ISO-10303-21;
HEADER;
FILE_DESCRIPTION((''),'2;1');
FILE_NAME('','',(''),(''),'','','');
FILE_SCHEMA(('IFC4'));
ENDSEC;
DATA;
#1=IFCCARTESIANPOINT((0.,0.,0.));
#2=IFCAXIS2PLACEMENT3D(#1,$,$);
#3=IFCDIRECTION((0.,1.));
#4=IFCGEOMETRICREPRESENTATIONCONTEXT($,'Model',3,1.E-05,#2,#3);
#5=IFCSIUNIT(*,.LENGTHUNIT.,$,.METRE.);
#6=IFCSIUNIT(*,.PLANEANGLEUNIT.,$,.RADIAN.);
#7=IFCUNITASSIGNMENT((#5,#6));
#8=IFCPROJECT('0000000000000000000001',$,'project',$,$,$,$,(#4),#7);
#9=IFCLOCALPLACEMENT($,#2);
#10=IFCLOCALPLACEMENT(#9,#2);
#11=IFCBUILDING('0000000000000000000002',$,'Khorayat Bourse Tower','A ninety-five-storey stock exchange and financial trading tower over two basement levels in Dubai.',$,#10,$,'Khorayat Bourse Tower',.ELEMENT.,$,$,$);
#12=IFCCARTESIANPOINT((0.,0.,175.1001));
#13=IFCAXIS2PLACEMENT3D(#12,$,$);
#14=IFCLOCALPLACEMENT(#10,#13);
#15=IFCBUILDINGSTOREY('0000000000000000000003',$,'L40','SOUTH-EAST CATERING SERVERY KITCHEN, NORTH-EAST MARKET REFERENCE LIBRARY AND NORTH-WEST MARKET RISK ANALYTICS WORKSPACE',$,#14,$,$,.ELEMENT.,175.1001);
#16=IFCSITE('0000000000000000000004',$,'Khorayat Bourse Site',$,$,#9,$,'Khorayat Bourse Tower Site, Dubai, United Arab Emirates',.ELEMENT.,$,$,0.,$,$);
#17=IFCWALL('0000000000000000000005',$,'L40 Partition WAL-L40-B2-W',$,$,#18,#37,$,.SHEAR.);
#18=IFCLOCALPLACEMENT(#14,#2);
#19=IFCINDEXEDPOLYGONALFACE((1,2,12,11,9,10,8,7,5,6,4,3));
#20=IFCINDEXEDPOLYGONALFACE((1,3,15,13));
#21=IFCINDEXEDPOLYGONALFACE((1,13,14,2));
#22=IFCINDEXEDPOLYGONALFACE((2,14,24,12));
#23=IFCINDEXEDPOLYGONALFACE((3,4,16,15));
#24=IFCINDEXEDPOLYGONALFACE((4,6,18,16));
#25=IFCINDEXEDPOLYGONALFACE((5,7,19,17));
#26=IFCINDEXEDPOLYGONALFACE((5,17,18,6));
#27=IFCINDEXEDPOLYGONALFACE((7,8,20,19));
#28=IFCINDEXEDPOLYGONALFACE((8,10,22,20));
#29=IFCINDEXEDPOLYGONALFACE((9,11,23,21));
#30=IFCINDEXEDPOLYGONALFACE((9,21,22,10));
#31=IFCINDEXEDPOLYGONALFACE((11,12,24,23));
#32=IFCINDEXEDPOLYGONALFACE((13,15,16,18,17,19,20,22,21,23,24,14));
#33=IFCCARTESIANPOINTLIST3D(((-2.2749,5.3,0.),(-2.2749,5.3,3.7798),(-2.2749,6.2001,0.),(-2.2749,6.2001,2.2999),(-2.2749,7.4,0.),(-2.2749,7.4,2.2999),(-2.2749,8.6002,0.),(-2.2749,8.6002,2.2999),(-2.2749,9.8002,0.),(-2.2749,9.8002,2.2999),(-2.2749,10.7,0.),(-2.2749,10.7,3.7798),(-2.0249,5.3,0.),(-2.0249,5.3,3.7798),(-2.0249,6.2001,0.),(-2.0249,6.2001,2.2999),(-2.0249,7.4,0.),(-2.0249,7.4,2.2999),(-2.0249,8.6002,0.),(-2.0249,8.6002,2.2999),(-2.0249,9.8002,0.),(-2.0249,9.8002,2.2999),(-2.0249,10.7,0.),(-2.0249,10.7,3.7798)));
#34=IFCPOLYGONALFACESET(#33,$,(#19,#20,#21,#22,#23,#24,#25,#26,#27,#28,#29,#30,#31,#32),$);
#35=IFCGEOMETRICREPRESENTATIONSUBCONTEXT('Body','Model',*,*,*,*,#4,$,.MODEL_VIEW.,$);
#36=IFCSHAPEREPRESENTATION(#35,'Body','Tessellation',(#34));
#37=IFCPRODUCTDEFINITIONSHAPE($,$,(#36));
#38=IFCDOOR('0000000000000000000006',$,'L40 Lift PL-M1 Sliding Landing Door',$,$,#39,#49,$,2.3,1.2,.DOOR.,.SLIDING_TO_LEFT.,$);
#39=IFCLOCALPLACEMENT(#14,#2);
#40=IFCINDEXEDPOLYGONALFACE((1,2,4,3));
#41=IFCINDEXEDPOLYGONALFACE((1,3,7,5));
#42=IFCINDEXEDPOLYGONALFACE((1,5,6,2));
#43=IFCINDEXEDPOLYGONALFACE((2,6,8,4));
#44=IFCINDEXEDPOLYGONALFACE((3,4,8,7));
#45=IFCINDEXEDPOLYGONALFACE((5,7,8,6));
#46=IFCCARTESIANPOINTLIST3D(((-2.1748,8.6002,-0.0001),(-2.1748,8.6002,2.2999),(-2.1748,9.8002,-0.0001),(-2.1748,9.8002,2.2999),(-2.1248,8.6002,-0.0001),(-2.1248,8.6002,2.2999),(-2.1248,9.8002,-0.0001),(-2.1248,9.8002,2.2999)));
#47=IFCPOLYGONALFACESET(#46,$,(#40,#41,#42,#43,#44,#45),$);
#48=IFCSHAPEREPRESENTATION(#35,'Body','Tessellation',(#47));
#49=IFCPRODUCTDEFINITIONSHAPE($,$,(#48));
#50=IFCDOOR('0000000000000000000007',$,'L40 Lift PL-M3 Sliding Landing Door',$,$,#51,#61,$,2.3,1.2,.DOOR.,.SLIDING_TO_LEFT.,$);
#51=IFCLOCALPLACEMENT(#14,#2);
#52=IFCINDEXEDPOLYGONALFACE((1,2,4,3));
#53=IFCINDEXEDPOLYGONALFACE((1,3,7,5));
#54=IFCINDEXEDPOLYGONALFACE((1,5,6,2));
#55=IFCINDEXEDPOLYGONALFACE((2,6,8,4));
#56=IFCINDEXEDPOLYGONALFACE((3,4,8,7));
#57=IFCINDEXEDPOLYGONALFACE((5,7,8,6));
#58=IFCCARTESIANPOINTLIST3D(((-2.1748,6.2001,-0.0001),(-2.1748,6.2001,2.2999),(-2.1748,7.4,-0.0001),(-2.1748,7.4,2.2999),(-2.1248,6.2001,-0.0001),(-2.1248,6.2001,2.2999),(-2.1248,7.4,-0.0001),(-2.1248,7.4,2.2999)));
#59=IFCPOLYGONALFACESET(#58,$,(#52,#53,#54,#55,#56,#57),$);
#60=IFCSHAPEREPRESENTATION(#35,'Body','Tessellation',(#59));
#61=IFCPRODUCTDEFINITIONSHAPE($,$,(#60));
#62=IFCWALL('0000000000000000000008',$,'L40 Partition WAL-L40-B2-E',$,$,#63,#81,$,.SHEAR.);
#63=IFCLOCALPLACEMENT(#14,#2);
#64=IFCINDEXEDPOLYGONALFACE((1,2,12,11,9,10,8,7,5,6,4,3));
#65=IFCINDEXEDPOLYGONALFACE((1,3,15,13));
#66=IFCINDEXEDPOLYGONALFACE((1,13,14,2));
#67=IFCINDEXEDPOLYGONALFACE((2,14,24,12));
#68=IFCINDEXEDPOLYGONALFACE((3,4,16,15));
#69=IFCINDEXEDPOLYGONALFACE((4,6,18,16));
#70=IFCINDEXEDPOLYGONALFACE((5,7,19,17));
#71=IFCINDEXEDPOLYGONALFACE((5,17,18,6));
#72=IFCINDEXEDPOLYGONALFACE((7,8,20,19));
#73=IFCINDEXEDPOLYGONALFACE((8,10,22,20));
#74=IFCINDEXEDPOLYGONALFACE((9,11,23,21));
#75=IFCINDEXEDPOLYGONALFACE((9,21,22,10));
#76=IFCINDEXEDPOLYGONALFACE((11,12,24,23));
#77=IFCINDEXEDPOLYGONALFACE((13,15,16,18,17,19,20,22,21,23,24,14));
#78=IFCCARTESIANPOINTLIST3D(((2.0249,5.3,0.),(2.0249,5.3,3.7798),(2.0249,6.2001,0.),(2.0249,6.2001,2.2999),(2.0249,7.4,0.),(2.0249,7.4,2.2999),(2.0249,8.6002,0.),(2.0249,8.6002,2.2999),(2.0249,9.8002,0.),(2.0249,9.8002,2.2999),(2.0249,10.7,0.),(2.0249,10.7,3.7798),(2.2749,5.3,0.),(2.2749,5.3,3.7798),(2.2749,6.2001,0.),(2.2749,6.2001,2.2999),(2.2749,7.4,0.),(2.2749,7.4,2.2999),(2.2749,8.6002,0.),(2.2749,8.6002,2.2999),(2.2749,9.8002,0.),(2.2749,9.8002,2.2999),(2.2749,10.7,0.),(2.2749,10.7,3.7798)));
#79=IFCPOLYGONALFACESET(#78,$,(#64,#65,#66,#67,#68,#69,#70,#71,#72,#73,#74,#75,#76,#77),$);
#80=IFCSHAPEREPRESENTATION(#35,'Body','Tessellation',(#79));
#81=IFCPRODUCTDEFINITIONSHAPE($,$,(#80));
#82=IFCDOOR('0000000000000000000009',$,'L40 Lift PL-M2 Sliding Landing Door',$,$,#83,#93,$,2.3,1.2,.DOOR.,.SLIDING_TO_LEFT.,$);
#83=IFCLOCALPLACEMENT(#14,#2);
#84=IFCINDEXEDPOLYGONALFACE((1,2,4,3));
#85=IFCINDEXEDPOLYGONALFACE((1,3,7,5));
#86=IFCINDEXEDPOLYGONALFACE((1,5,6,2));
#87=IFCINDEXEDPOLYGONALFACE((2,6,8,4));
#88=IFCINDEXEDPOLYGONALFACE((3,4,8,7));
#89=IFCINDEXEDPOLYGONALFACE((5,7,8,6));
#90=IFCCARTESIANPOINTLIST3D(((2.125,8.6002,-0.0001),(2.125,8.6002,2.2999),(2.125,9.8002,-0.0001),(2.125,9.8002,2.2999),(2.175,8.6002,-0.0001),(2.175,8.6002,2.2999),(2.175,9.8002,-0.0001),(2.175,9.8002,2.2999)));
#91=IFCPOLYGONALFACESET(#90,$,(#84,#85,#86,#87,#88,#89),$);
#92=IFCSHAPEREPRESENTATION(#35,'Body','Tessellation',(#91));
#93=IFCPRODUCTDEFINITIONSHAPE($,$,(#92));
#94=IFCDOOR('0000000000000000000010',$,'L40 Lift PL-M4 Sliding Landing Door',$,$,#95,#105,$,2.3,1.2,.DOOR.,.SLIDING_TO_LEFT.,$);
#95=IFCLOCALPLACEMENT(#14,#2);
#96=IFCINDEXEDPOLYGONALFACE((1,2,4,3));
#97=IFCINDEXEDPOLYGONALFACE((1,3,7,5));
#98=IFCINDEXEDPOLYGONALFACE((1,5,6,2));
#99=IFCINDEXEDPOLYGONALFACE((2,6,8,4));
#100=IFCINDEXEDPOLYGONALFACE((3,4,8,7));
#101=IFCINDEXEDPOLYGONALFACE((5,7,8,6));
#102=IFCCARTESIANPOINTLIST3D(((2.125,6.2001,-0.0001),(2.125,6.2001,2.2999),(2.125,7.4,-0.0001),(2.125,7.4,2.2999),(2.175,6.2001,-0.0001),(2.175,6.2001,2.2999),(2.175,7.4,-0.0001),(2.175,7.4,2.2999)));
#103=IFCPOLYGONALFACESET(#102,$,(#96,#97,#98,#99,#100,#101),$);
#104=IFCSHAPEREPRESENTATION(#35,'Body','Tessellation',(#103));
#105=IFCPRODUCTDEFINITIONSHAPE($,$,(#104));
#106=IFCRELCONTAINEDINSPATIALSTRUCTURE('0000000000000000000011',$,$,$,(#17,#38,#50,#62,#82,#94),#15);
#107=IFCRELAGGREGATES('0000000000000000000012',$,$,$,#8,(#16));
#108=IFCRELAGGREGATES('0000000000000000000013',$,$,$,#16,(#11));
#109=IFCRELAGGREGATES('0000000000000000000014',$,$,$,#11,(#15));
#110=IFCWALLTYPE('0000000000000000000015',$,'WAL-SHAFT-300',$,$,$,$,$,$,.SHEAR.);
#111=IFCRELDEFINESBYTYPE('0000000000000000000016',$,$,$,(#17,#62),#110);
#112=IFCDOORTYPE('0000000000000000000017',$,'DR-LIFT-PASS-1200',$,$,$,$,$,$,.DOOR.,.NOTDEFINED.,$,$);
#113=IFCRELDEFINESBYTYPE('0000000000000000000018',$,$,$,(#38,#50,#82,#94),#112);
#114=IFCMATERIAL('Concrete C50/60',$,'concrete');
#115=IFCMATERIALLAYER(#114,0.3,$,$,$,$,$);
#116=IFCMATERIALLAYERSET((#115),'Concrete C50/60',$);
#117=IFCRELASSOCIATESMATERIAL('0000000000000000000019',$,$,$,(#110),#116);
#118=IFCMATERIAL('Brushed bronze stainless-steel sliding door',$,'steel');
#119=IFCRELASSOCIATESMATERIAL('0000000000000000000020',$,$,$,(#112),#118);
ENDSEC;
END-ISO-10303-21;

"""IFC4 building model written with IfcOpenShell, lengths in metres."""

from ifc_helpers import new_model, si_unit, direction, frame, frame_2d, origin, place, context, subcontext, project, spatial, rectangle, extrude, source, transform, mapped, material, layer, layer_set, type_object, element, fill, save


model = new_model("IFC4")

# Units and contexts
model_context = context("Model", 3, precision=1e-05, world=origin(), true_north=direction((0.0, 1.0)))
body_context = subcontext(model_context, "Body", "Model", "MODEL_VIEW")
ifc_project = project(units=[si_unit("LENGTHUNIT", "METRE"), si_unit("PLANEANGLEUNIT", "RADIAN")], contexts=[model_context])

# Site, building, storey
site_placement = place(None, origin())
site = spatial("IfcSite", under=ifc_project, at=site_placement, Name="Khorayat Bourse Site", LongName="Khorayat Bourse Tower Site, Dubai, United Arab Emirates", CompositionType="ELEMENT", RefElevation=0.0)
building_placement = place(site_placement, origin())
building = spatial("IfcBuilding", under=site, at=building_placement, Name="Khorayat Bourse Tower", Description="A ninety-five-storey stock exchange and financial trading tower over two basement levels in Dubai.", LongName="Khorayat Bourse Tower", CompositionType="ELEMENT")
storey_placement = place(building_placement, frame((0.0, 0.0, 175.1001)))
storey = spatial("IfcBuildingStorey", under=building, at=storey_placement, Name="L40", Description="SOUTH-EAST CATERING SERVERY KITCHEN, NORTH-EAST MARKET REFERENCE LIBRARY AND NORTH-WEST MARKET RISK ANALYTICS WORKSPACE", CompositionType="ELEMENT", Elevation=175.1001)

# Shared definitions
ifc_material_1 = material(Name="Concrete C50/60", Category="concrete")
ifc_layer_1 = layer(ifc_material_1, 0.3)
ifc_layer_set_1 = layer_set([ifc_layer_1], Name="Concrete C50/60")
wall_type_1 = type_object("IfcWallType", Name="WAL-SHAFT-300", PredefinedType="SHEAR", material=ifc_layer_set_1)

# Walls, openings, doors
shared_shape_1 = source(origin(), body_context, "Body", "SweptSolid", [
    extrude(rectangle(XDim=5.3999, YDim=0.25, at=frame_2d((2.7, 0.0))), origin(), (0.0, 0.0, 1.0), 3.7798),
])
wall_1_placement = place(storey_placement, frame((-2.1499, 5.3, 0.0), z_axis=(0.0, 0.0, 1.0), x_axis=(0.0, 1.0, 0.0)))
wall_1 = element("IfcWall", 1, at=wall_1_placement, inside=storey, type_object=wall_type_1, Name="L40 Partition WAL-L40-B2-W", PredefinedType="SHEAR", context=body_context, shape_type="MappedRepresentation", body=[
    mapped(shared_shape_1, transform((0.0, 0.0, 0.0), scale=1.0)),
])
shared_shape_2 = source(origin(), body_context, "Body", "SweptSolid", [
    extrude(rectangle(XDim=1.2, YDim=2.3, at=frame_2d((0.6001, 1.1499))), frame((0.0, 0.135, 0.0), z_axis=(0.0, -1.0, 0.0), x_axis=(1.0, 0.0, 0.0)), (0.0, 0.0, 1.0), 0.27),
])
opening_1_placement = place(wall_1_placement, frame((3.3, 0.0, 0.0)))
opening_1 = element("IfcOpeningElement", 2, at=opening_1_placement, cuts=wall_1, PredefinedType="OPENING", context=body_context, shape_type="MappedRepresentation", body=[
    mapped(shared_shape_2, transform((0.0, 0.0, 0.0), scale=1.0)),
])
opening_2_placement = place(wall_1_placement, frame((0.8999, 0.0, 0.0)))
opening_2 = element("IfcOpeningElement", 3, at=opening_2_placement, cuts=wall_1, PredefinedType="OPENING", context=body_context, shape_type="MappedRepresentation", body=[
    mapped(shared_shape_2, transform((0.0, 0.0, 0.0), scale=1.0)),
])
ifc_material_2 = material(Name="Brushed bronze stainless-steel sliding door", Category="steel")
door_type_1 = type_object("IfcDoorType", Name="DR-LIFT-PASS-1200", OperationType="NOTDEFINED", PredefinedType="DOOR", material=ifc_material_2)
shared_shape_3 = source(origin(), body_context, "Body", "SweptSolid", [
    extrude(rectangle(XDim=1.2, YDim=2.3, at=frame_2d((0.6001, 1.1499))), frame((0.0, 0.0249, 0.0), z_axis=(0.0, -1.0, 0.0), x_axis=(1.0, 0.0, 0.0)), (0.0, 0.0, 1.0), 0.05),
])
door_1_placement = place(opening_1_placement, origin())
door_1 = element("IfcDoor", 4, at=door_1_placement, inside=storey, type_object=door_type_1, Name="L40 Lift PL-M1 Sliding Landing Door", OperationType="SLIDING_TO_LEFT", OverallHeight=2.3, OverallWidth=1.2, PredefinedType="DOOR", context=body_context, shape_type="MappedRepresentation", body=[
    mapped(shared_shape_3, transform((0.0, 0.0, 0.0), scale=1.0)),
])
fill(opening_1, door_1)
door_2_placement = place(opening_2_placement, origin())
door_2 = element("IfcDoor", 5, at=door_2_placement, inside=storey, type_object=door_type_1, Name="L40 Lift PL-M3 Sliding Landing Door", OperationType="SLIDING_TO_LEFT", OverallHeight=2.3, OverallWidth=1.2, PredefinedType="DOOR", context=body_context, shape_type="MappedRepresentation", body=[
    mapped(shared_shape_3, transform((0.0, 0.0, 0.0), scale=1.0)),
])
fill(opening_2, door_2)
wall_2_placement = place(storey_placement, frame((2.1499, 5.3, 0.0), z_axis=(0.0, 0.0, 1.0), x_axis=(0.0, 1.0, 0.0)))
wall_2 = element("IfcWall", 6, at=wall_2_placement, inside=storey, type_object=wall_type_1, Name="L40 Partition WAL-L40-B2-E", PredefinedType="SHEAR", context=body_context, shape_type="MappedRepresentation", body=[
    mapped(shared_shape_1, transform((0.0, 0.0, 0.0), scale=1.0)),
])
opening_3_placement = place(wall_2_placement, frame((3.3, 0.0, 0.0)))
opening_3 = element("IfcOpeningElement", 7, at=opening_3_placement, cuts=wall_2, PredefinedType="OPENING", context=body_context, shape_type="MappedRepresentation", body=[
    mapped(shared_shape_2, transform((0.0, 0.0, 0.0), scale=1.0)),
])
opening_4_placement = place(wall_2_placement, frame((0.8999, 0.0, 0.0)))
opening_4 = element("IfcOpeningElement", 8, at=opening_4_placement, cuts=wall_2, PredefinedType="OPENING", context=body_context, shape_type="MappedRepresentation", body=[
    mapped(shared_shape_2, transform((0.0, 0.0, 0.0), scale=1.0)),
])
door_3_placement = place(opening_3_placement, origin())
door_3 = element("IfcDoor", 9, at=door_3_placement, inside=storey, type_object=door_type_1, Name="L40 Lift PL-M2 Sliding Landing Door", OperationType="SLIDING_TO_LEFT", OverallHeight=2.3, OverallWidth=1.2, PredefinedType="DOOR", context=body_context, shape_type="MappedRepresentation", body=[
    mapped(shared_shape_3, transform((0.0, 0.0, 0.0), scale=1.0)),
])
fill(opening_3, door_3)
door_4_placement = place(opening_4_placement, origin())
door_4 = element("IfcDoor", 10, at=door_4_placement, inside=storey, type_object=door_type_1, Name="L40 Lift PL-M4 Sliding Landing Door", OperationType="SLIDING_TO_LEFT", OverallHeight=2.3, OverallWidth=1.2, PredefinedType="DOOR", context=body_context, shape_type="MappedRepresentation", body=[
    mapped(shared_shape_3, transform((0.0, 0.0, 0.0), scale=1.0)),
])
fill(opening_4, door_4)

save(model, "model.ifc")
